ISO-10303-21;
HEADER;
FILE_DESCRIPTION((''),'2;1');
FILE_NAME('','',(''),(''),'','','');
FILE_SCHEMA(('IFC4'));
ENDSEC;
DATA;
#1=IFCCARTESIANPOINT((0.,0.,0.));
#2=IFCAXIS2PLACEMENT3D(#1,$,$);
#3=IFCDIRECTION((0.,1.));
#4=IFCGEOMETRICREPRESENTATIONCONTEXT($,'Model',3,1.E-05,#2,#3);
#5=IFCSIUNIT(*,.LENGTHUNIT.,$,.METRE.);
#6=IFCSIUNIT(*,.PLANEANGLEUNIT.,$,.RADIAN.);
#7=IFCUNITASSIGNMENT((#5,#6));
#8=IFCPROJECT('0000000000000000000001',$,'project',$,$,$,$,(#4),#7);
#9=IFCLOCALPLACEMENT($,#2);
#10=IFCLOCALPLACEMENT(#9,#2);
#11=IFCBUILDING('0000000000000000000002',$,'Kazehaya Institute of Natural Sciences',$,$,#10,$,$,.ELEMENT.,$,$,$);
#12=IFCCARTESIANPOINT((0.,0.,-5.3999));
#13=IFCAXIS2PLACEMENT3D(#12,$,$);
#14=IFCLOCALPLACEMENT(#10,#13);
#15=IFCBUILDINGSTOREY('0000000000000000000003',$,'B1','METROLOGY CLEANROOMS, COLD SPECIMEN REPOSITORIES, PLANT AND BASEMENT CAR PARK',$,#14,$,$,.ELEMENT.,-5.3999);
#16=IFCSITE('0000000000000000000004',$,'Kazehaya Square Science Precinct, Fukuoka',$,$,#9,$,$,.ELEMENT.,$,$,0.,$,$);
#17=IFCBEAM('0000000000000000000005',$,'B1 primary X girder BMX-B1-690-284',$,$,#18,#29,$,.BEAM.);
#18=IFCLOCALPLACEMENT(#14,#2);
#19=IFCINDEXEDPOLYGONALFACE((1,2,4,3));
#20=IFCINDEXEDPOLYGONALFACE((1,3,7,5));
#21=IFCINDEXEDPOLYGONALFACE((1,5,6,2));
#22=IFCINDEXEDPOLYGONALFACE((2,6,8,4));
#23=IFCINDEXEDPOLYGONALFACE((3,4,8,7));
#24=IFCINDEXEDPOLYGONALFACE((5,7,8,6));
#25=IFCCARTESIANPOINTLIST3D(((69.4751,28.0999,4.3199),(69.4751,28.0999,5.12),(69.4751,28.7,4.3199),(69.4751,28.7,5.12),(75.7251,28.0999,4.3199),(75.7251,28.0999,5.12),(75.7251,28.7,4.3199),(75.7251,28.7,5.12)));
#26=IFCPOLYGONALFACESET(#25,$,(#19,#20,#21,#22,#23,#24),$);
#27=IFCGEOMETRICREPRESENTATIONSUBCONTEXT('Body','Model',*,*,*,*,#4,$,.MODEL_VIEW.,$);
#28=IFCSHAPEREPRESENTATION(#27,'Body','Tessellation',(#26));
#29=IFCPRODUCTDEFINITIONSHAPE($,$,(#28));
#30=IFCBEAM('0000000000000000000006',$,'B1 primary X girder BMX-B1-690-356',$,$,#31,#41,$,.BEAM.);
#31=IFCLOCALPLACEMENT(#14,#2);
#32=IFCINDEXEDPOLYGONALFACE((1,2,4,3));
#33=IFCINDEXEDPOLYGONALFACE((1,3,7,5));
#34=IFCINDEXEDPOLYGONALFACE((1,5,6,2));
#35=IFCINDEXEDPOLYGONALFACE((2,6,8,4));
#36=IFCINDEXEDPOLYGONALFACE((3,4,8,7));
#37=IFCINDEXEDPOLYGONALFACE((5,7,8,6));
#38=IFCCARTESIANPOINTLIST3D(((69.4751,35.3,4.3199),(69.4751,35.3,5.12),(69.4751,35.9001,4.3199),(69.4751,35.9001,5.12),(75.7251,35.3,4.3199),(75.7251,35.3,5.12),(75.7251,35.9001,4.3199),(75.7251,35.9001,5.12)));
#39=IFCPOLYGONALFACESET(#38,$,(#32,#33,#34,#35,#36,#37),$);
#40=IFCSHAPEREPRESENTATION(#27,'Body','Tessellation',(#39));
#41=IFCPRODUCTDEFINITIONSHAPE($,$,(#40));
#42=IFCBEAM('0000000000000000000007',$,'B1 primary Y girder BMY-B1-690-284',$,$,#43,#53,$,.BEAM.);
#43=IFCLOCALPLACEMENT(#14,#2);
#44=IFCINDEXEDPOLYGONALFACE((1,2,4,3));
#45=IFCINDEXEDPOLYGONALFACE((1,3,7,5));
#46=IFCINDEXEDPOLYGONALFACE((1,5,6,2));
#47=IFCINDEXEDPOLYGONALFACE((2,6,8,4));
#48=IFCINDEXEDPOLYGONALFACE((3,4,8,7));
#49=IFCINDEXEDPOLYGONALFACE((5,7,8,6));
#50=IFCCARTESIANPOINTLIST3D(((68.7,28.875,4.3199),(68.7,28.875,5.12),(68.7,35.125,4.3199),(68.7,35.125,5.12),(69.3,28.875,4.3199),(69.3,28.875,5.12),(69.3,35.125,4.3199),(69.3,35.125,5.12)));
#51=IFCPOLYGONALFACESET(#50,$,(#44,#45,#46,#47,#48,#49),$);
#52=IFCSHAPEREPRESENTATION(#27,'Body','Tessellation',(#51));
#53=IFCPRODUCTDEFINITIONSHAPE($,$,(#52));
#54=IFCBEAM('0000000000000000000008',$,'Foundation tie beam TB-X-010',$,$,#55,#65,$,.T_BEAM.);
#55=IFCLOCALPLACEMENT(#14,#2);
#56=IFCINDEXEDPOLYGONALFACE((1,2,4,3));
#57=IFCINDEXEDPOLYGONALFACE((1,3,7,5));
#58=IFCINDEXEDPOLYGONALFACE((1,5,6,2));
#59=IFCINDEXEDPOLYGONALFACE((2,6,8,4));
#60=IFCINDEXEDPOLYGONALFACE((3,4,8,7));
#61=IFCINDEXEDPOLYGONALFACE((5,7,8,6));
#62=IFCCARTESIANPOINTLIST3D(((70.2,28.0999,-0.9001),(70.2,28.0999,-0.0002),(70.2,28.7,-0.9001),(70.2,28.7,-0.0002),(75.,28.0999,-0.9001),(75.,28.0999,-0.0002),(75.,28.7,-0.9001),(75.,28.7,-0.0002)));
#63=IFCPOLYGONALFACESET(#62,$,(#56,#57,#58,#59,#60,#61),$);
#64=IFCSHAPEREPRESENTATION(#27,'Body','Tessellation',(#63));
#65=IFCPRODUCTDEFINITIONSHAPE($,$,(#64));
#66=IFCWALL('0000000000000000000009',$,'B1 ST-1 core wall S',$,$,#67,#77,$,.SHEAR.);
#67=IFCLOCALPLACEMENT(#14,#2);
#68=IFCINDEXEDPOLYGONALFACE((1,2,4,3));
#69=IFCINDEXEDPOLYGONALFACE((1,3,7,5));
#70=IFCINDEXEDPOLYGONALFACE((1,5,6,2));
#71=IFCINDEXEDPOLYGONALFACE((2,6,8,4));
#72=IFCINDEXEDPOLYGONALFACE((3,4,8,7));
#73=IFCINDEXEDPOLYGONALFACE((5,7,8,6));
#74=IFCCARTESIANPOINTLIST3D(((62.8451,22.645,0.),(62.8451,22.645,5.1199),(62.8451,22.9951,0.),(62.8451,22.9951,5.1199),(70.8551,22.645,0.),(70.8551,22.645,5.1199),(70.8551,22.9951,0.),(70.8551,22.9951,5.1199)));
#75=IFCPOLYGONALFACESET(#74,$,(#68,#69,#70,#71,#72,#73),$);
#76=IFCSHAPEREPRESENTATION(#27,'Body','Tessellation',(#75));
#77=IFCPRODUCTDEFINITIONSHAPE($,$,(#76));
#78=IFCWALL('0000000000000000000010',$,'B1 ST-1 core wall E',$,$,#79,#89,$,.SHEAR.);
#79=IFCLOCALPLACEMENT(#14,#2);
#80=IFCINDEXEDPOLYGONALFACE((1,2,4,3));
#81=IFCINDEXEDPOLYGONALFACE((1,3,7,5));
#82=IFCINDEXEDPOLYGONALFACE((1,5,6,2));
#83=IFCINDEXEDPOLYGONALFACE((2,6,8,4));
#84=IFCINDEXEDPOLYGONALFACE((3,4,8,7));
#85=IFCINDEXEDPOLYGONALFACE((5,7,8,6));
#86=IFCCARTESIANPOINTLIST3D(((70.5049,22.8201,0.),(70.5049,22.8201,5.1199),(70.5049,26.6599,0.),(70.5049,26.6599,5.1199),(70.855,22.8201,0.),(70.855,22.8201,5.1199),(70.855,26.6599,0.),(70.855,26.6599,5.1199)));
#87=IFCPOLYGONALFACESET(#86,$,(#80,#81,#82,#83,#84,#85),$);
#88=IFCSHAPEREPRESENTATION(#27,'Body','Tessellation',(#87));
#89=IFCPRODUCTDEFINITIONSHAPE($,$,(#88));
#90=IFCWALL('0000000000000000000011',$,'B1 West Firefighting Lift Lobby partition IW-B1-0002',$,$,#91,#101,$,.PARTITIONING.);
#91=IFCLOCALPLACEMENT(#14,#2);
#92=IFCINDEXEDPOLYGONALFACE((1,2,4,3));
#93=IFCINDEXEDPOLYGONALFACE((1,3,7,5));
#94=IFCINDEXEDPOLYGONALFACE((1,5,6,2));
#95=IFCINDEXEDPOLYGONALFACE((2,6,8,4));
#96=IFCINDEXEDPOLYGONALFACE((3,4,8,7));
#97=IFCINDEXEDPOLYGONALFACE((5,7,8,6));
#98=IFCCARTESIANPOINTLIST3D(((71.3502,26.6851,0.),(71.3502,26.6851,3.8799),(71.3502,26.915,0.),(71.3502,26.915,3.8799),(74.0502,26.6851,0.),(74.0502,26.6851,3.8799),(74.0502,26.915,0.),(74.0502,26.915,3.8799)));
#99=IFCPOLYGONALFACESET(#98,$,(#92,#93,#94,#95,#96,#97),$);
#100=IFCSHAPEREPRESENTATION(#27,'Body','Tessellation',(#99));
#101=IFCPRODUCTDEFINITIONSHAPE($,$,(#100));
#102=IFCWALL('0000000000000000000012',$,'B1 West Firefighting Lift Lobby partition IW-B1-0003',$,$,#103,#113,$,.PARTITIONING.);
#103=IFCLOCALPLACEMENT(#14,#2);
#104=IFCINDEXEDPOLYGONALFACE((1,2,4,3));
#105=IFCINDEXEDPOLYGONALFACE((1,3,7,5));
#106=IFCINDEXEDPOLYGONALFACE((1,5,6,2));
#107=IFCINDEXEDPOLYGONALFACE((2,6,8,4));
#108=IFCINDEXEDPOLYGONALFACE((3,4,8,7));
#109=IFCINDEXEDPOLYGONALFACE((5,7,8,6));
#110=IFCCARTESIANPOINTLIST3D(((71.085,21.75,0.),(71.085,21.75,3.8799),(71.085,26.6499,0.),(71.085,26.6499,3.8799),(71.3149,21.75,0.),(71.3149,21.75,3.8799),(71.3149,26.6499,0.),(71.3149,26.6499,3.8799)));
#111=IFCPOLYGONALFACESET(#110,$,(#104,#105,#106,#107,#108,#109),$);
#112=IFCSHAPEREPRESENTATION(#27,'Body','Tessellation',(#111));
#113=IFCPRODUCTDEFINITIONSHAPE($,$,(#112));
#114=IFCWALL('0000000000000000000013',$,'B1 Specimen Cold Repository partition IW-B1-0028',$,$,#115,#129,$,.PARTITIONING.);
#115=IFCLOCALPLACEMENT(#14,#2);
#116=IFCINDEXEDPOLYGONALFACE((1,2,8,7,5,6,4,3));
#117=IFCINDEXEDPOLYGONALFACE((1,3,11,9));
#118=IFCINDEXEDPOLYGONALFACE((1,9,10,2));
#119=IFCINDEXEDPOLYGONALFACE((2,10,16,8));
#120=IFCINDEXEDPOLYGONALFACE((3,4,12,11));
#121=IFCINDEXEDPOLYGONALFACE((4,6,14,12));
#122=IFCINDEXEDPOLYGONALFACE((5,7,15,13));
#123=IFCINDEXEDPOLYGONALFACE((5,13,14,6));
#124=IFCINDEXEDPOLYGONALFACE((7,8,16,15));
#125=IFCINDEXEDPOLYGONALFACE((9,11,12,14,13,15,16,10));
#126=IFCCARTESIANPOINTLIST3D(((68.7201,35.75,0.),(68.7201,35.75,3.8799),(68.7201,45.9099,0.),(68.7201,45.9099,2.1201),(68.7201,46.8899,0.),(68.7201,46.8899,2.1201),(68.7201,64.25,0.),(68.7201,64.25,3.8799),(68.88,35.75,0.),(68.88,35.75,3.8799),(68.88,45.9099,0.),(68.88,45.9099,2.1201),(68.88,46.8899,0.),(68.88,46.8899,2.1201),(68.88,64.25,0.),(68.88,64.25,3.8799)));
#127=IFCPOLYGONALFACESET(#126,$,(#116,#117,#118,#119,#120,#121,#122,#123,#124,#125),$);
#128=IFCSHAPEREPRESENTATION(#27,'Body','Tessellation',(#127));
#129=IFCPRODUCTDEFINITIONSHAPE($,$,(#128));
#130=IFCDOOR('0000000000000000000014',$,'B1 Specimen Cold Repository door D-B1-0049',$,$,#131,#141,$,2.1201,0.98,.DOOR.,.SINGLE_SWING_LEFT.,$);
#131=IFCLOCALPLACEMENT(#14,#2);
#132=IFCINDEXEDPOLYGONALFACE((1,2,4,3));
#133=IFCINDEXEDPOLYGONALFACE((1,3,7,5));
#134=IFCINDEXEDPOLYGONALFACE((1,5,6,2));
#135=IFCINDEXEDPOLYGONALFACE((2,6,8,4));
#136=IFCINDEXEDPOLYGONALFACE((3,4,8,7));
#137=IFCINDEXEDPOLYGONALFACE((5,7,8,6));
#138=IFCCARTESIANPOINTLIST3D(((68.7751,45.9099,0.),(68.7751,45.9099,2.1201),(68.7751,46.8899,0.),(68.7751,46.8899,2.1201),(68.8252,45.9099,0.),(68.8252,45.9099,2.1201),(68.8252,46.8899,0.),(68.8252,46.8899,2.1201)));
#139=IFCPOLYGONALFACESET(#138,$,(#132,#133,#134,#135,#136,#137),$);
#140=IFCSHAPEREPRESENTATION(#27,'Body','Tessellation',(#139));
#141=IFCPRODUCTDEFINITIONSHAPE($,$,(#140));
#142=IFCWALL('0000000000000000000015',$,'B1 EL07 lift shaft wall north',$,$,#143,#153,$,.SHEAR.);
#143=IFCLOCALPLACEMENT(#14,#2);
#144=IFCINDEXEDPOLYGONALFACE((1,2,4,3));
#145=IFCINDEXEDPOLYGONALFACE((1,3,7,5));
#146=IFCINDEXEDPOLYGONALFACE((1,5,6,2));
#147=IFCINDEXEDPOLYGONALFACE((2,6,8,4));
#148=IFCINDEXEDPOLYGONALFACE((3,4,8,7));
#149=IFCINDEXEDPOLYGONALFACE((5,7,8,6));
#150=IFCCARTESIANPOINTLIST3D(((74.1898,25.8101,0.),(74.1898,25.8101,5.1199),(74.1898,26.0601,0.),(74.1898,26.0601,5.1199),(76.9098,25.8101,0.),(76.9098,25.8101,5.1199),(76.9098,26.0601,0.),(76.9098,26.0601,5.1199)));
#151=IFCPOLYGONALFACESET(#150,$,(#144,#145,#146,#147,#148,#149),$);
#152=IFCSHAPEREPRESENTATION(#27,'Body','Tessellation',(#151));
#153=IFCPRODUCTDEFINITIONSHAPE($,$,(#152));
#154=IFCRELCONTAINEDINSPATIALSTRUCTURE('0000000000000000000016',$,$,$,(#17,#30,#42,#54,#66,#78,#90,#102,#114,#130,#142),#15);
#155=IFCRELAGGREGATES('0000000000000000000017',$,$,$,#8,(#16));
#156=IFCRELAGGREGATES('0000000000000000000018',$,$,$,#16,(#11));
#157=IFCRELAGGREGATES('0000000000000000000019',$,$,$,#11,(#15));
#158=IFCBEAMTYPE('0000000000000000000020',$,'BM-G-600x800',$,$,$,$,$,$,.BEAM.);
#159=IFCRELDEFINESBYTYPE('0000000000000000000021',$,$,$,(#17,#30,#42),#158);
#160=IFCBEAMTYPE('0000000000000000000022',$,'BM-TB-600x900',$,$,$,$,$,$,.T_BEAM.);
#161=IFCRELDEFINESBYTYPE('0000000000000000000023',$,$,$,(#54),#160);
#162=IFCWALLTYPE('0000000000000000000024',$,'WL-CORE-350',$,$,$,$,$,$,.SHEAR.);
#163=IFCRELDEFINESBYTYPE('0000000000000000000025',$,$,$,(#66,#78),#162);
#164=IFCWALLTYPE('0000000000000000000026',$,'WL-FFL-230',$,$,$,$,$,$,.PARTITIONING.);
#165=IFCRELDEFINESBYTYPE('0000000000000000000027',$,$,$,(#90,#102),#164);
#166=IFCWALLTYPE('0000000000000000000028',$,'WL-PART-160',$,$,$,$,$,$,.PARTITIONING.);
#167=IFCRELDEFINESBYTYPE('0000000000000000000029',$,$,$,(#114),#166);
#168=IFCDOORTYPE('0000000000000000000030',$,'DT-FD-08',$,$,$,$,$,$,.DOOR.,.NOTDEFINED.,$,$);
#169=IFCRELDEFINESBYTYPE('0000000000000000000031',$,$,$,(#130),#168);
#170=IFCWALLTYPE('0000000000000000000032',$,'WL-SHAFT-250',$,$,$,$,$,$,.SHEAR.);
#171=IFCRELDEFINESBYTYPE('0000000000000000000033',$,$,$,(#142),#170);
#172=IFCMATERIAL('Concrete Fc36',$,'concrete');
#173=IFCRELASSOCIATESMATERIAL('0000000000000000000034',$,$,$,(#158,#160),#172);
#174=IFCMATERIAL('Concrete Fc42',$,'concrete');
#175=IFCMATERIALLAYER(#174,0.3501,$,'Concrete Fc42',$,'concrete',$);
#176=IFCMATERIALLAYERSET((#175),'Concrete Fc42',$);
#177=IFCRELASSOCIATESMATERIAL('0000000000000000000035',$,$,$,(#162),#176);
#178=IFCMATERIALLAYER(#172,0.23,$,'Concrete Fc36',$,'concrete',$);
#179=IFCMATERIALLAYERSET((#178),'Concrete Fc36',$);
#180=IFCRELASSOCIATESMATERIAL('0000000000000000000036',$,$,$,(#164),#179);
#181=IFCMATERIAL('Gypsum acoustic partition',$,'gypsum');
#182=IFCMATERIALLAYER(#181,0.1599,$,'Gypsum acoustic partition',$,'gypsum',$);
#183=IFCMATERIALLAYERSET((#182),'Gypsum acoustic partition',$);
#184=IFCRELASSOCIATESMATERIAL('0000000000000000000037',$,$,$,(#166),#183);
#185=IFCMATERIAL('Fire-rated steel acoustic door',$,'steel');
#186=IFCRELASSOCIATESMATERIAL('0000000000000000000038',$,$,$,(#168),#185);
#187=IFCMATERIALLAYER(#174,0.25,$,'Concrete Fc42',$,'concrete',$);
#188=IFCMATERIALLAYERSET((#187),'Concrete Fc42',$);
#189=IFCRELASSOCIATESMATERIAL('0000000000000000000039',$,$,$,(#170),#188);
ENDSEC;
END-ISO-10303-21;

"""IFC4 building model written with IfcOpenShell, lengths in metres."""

from ifc_helpers import new_model, si_unit, direction, frame, frame_2d, origin, origin_2d, place, context, subcontext, project, spatial, rectangle, extrude, material, layer, layer_set, material_profile, profile_set, type_object, element, fill, save


model = new_model("IFC4")

# Units and contexts
model_context = context("Model", 3, precision=1e-05, world=origin(), true_north=direction((0.0, 1.0)))
body_context = subcontext(model_context, "Body", "Model", "MODEL_VIEW")
ifc_project = project(units=[si_unit("LENGTHUNIT", "METRE"), si_unit("PLANEANGLEUNIT", "RADIAN")], contexts=[model_context])

# Site, building, storey
site_placement = place(None, origin())
site = spatial("IfcSite", under=ifc_project, at=site_placement, Name="Kazehaya Square Science Precinct, Fukuoka", CompositionType="ELEMENT", RefElevation=0.0)
building_placement = place(site_placement, origin())
building = spatial("IfcBuilding", under=site, at=building_placement, Name="Kazehaya Institute of Natural Sciences", CompositionType="ELEMENT")
storey_placement = place(building_placement, frame((0.0, 0.0, -5.3999)))
storey = spatial("IfcBuildingStorey", under=building, at=storey_placement, Name="B1", Description="METROLOGY CLEANROOMS, COLD SPECIMEN REPOSITORIES, PLANT AND BASEMENT CAR PARK", CompositionType="ELEMENT", Elevation=-5.3999)

# Shared definitions
ifc_material_1 = material(Name="Concrete Fc36", Category="concrete")

# Shared definitions
ifc_material_2 = material(Name="Concrete Fc42", Category="concrete")

# Beams
ifc_material_profile_1 = material_profile(ifc_material_1, rectangle(XDim=0.6001, YDim=0.8, at=origin_2d()), Name="RC-600x800")
ifc_profile_set_1 = profile_set([ifc_material_profile_1], Name="Concrete Fc36")
beam_type_1 = type_object("IfcBeamType", Name="BM-G-600x800", PredefinedType="BEAM", material=ifc_profile_set_1)
for number, where, z_axis, x_axis, name in (
    (1, (69.4751, 28.3999, 4.72), (1.0, 0.0, 0.0), (0.0, 1.0, 0.0), "B1 primary X girder BMX-B1-690-284"),
    (2, (69.4751, 35.6001, 4.72), (1.0, 0.0, 0.0), (0.0, 1.0, 0.0), "B1 primary X girder BMX-B1-690-356"),
    (3, (69.0, 28.875, 4.72), (0.0, 1.0, 0.0), (-1.0, 0.0, 0.0), "B1 primary Y girder BMY-B1-690-284"),
):
    element("IfcBeam", number, at=place(storey_placement, frame(where, z_axis=z_axis, x_axis=x_axis)), inside=storey, type_object=beam_type_1, Name=name, PredefinedType="BEAM", context=body_context, shape_type="SweptSolid", body=[
        extrude(rectangle(XDim=0.6001, YDim=0.8, at=origin_2d()), origin(), (0.0, 0.0, 1.0), 6.25),
    ])
ifc_material_profile_2 = material_profile(ifc_material_1, rectangle(XDim=0.6001, YDim=0.8999, at=origin_2d()), Name="RC-600x900")
ifc_profile_set_2 = profile_set([ifc_material_profile_2], Name="Concrete Fc36")
beam_type_2 = type_object("IfcBeamType", Name="BM-TB-600x900", PredefinedType="T_BEAM", material=ifc_profile_set_2)
beam_1_placement = place(storey_placement, frame((70.2, 28.3999, -0.4502), z_axis=(1.0, 0.0, 0.0), x_axis=(0.0, 1.0, 0.0)))
element("IfcBeam", 4, at=beam_1_placement, inside=storey, type_object=beam_type_2, Name="Foundation tie beam TB-X-010", PredefinedType="T_BEAM", context=body_context, shape_type="SweptSolid", body=[
    extrude(rectangle(XDim=0.6001, YDim=0.8999, at=origin_2d()), origin(), (0.0, 0.0, 1.0), 4.8),
])

# Walls
ifc_layer_1 = layer(ifc_material_2, 0.3501, Name="Concrete Fc42", Category="concrete")
ifc_layer_set_1 = layer_set([ifc_layer_1], Name="Concrete Fc42")
wall_type_1 = type_object("IfcWallType", Name="WL-CORE-350", PredefinedType="SHEAR", material=ifc_layer_set_1)
wall_1_placement = place(storey_placement, frame((70.855, 22.8201, 0.0), z_axis=(0.0, 0.0, 1.0), x_axis=(-1.0, 0.0, 0.0)))
element("IfcWall", 5, at=wall_1_placement, inside=storey, type_object=wall_type_1, Name="B1 ST-1 core wall S", PredefinedType="SHEAR", context=body_context, shape_type="SweptSolid", body=[
    extrude(rectangle(XDim=8.01, YDim=0.3501, at=frame_2d((4.0049, 0.0))), origin(), (0.0, 0.0, 1.0), 5.1199),
])
wall_2_placement = place(storey_placement, frame((70.6799, 26.6599, 0.0), z_axis=(0.0, 0.0, 1.0), x_axis=(0.0, -1.0, 0.0)))
element("IfcWall", 6, at=wall_2_placement, inside=storey, type_object=wall_type_1, Name="B1 ST-1 core wall E", PredefinedType="SHEAR", context=body_context, shape_type="SweptSolid", body=[
    extrude(rectangle(XDim=3.8398, YDim=0.3501, at=frame_2d((1.9199, 0.0))), origin(), (0.0, 0.0, 1.0), 5.1199),
])
ifc_layer_2 = layer(ifc_material_1, 0.23, Name="Concrete Fc36", Category="concrete")
ifc_layer_set_2 = layer_set([ifc_layer_2], Name="Concrete Fc36")
wall_type_2 = type_object("IfcWallType", Name="WL-FFL-230", PredefinedType="PARTITIONING", material=ifc_layer_set_2)
wall_3_placement = place(storey_placement, frame((71.3501, 26.8, 0.0), z_axis=(0.0, 0.0, 1.0), x_axis=(1.0, 0.0, 0.0)))
element("IfcWall", 7, at=wall_3_placement, inside=storey, type_object=wall_type_2, Name="B1 West Firefighting Lift Lobby partition IW-B1-0002", PredefinedType="PARTITIONING", context=body_context, shape_type="SweptSolid", body=[
    extrude(rectangle(XDim=2.7, YDim=0.23, at=frame_2d((1.3501, 0.0))), origin(), (0.0, 0.0, 1.0), 3.8799),
])
wall_4_placement = place(storey_placement, frame((71.2, 21.75, 0.0), z_axis=(0.0, 0.0, 1.0), x_axis=(0.0, 1.0, 0.0)))
element("IfcWall", 8, at=wall_4_placement, inside=storey, type_object=wall_type_2, Name="B1 West Firefighting Lift Lobby partition IW-B1-0003", PredefinedType="PARTITIONING", context=body_context, shape_type="SweptSolid", body=[
    extrude(rectangle(XDim=4.8999, YDim=0.23, at=frame_2d((2.45, 0.0))), origin(), (0.0, 0.0, 1.0), 3.8799),
])

# Wall, opening, door
ifc_material_3 = material(Name="Gypsum acoustic partition", Category="gypsum")
ifc_layer_3 = layer(ifc_material_3, 0.1599, Name="Gypsum acoustic partition", Category="gypsum")
ifc_layer_set_3 = layer_set([ifc_layer_3], Name="Gypsum acoustic partition")
wall_type_3 = type_object("IfcWallType", Name="WL-PART-160", PredefinedType="PARTITIONING", material=ifc_layer_set_3)
wall_5_placement = place(storey_placement, frame((68.8, 35.75, 0.0), z_axis=(0.0, 0.0, 1.0), x_axis=(0.0, 1.0, 0.0)))
wall_5 = element("IfcWall", 9, at=wall_5_placement, inside=storey, type_object=wall_type_3, Name="B1 Specimen Cold Repository partition IW-B1-0028", PredefinedType="PARTITIONING", context=body_context, shape_type="SweptSolid", body=[
    extrude(rectangle(XDim=28.5, YDim=0.1599, at=frame_2d((14.25, 0.0))), origin(), (0.0, 0.0, 1.0), 3.8799),
])
opening_1_placement = place(wall_5_placement, frame((10.1599, 0.0, 0.0)))
opening_1 = element("IfcOpeningElement", 10, at=opening_1_placement, cuts=wall_5, PredefinedType="OPENING", context=body_context, shape_type="SweptSolid", body=[
    extrude(rectangle(XDim=0.98, YDim=2.1201, at=frame_2d((0.49, 1.0601))), frame((0.0, 0.0898, 0.0), z_axis=(0.0, -1.0, 0.0), x_axis=(1.0, 0.0, 0.0)), (0.0, 0.0, 1.0), 0.1799),
])
ifc_material_4 = material(Name="Fire-rated steel acoustic door", Category="steel")
door_type_1 = type_object("IfcDoorType", Name="DT-FD-08", OperationType="NOTDEFINED", PredefinedType="DOOR", material=ifc_material_4)
door_1_placement = place(opening_1_placement, origin())
door_1 = element("IfcDoor", 11, at=door_1_placement, inside=storey, type_object=door_type_1, Name="B1 Specimen Cold Repository door D-B1-0049", OperationType="SINGLE_SWING_LEFT", OverallHeight=2.1201, OverallWidth=0.98, PredefinedType="DOOR", context=body_context, shape_type="SweptSolid", body=[
    extrude(rectangle(XDim=0.98, YDim=2.1201, at=frame_2d((0.49, 1.0601))), frame((0.0, 0.0249, 0.0), z_axis=(0.0, -1.0, 0.0), x_axis=(1.0, 0.0, 0.0)), (0.0, 0.0, 1.0), 0.05),
])
fill(opening_1, door_1)

# Wall
ifc_layer_4 = layer(ifc_material_2, 0.25, Name="Concrete Fc42", Category="concrete")
ifc_layer_set_4 = layer_set([ifc_layer_4], Name="Concrete Fc42")
wall_type_4 = type_object("IfcWallType", Name="WL-SHAFT-250", PredefinedType="SHEAR", material=ifc_layer_set_4)
wall_6_placement = place(storey_placement, frame((74.1899, 25.9351, 0.0), z_axis=(0.0, 0.0, 1.0), x_axis=(1.0, 0.0, 0.0)))
element("IfcWall", 12, at=wall_6_placement, inside=storey, type_object=wall_type_4, Name="B1 EL07 lift shaft wall north", PredefinedType="SHEAR", context=body_context, shape_type="SweptSolid", body=[
    extrude(rectangle(XDim=2.72, YDim=0.25, at=frame_2d((1.3599, 0.0))), origin(), (0.0, 0.0, 1.0), 5.1199),
])

save(model, "model.ifc")
